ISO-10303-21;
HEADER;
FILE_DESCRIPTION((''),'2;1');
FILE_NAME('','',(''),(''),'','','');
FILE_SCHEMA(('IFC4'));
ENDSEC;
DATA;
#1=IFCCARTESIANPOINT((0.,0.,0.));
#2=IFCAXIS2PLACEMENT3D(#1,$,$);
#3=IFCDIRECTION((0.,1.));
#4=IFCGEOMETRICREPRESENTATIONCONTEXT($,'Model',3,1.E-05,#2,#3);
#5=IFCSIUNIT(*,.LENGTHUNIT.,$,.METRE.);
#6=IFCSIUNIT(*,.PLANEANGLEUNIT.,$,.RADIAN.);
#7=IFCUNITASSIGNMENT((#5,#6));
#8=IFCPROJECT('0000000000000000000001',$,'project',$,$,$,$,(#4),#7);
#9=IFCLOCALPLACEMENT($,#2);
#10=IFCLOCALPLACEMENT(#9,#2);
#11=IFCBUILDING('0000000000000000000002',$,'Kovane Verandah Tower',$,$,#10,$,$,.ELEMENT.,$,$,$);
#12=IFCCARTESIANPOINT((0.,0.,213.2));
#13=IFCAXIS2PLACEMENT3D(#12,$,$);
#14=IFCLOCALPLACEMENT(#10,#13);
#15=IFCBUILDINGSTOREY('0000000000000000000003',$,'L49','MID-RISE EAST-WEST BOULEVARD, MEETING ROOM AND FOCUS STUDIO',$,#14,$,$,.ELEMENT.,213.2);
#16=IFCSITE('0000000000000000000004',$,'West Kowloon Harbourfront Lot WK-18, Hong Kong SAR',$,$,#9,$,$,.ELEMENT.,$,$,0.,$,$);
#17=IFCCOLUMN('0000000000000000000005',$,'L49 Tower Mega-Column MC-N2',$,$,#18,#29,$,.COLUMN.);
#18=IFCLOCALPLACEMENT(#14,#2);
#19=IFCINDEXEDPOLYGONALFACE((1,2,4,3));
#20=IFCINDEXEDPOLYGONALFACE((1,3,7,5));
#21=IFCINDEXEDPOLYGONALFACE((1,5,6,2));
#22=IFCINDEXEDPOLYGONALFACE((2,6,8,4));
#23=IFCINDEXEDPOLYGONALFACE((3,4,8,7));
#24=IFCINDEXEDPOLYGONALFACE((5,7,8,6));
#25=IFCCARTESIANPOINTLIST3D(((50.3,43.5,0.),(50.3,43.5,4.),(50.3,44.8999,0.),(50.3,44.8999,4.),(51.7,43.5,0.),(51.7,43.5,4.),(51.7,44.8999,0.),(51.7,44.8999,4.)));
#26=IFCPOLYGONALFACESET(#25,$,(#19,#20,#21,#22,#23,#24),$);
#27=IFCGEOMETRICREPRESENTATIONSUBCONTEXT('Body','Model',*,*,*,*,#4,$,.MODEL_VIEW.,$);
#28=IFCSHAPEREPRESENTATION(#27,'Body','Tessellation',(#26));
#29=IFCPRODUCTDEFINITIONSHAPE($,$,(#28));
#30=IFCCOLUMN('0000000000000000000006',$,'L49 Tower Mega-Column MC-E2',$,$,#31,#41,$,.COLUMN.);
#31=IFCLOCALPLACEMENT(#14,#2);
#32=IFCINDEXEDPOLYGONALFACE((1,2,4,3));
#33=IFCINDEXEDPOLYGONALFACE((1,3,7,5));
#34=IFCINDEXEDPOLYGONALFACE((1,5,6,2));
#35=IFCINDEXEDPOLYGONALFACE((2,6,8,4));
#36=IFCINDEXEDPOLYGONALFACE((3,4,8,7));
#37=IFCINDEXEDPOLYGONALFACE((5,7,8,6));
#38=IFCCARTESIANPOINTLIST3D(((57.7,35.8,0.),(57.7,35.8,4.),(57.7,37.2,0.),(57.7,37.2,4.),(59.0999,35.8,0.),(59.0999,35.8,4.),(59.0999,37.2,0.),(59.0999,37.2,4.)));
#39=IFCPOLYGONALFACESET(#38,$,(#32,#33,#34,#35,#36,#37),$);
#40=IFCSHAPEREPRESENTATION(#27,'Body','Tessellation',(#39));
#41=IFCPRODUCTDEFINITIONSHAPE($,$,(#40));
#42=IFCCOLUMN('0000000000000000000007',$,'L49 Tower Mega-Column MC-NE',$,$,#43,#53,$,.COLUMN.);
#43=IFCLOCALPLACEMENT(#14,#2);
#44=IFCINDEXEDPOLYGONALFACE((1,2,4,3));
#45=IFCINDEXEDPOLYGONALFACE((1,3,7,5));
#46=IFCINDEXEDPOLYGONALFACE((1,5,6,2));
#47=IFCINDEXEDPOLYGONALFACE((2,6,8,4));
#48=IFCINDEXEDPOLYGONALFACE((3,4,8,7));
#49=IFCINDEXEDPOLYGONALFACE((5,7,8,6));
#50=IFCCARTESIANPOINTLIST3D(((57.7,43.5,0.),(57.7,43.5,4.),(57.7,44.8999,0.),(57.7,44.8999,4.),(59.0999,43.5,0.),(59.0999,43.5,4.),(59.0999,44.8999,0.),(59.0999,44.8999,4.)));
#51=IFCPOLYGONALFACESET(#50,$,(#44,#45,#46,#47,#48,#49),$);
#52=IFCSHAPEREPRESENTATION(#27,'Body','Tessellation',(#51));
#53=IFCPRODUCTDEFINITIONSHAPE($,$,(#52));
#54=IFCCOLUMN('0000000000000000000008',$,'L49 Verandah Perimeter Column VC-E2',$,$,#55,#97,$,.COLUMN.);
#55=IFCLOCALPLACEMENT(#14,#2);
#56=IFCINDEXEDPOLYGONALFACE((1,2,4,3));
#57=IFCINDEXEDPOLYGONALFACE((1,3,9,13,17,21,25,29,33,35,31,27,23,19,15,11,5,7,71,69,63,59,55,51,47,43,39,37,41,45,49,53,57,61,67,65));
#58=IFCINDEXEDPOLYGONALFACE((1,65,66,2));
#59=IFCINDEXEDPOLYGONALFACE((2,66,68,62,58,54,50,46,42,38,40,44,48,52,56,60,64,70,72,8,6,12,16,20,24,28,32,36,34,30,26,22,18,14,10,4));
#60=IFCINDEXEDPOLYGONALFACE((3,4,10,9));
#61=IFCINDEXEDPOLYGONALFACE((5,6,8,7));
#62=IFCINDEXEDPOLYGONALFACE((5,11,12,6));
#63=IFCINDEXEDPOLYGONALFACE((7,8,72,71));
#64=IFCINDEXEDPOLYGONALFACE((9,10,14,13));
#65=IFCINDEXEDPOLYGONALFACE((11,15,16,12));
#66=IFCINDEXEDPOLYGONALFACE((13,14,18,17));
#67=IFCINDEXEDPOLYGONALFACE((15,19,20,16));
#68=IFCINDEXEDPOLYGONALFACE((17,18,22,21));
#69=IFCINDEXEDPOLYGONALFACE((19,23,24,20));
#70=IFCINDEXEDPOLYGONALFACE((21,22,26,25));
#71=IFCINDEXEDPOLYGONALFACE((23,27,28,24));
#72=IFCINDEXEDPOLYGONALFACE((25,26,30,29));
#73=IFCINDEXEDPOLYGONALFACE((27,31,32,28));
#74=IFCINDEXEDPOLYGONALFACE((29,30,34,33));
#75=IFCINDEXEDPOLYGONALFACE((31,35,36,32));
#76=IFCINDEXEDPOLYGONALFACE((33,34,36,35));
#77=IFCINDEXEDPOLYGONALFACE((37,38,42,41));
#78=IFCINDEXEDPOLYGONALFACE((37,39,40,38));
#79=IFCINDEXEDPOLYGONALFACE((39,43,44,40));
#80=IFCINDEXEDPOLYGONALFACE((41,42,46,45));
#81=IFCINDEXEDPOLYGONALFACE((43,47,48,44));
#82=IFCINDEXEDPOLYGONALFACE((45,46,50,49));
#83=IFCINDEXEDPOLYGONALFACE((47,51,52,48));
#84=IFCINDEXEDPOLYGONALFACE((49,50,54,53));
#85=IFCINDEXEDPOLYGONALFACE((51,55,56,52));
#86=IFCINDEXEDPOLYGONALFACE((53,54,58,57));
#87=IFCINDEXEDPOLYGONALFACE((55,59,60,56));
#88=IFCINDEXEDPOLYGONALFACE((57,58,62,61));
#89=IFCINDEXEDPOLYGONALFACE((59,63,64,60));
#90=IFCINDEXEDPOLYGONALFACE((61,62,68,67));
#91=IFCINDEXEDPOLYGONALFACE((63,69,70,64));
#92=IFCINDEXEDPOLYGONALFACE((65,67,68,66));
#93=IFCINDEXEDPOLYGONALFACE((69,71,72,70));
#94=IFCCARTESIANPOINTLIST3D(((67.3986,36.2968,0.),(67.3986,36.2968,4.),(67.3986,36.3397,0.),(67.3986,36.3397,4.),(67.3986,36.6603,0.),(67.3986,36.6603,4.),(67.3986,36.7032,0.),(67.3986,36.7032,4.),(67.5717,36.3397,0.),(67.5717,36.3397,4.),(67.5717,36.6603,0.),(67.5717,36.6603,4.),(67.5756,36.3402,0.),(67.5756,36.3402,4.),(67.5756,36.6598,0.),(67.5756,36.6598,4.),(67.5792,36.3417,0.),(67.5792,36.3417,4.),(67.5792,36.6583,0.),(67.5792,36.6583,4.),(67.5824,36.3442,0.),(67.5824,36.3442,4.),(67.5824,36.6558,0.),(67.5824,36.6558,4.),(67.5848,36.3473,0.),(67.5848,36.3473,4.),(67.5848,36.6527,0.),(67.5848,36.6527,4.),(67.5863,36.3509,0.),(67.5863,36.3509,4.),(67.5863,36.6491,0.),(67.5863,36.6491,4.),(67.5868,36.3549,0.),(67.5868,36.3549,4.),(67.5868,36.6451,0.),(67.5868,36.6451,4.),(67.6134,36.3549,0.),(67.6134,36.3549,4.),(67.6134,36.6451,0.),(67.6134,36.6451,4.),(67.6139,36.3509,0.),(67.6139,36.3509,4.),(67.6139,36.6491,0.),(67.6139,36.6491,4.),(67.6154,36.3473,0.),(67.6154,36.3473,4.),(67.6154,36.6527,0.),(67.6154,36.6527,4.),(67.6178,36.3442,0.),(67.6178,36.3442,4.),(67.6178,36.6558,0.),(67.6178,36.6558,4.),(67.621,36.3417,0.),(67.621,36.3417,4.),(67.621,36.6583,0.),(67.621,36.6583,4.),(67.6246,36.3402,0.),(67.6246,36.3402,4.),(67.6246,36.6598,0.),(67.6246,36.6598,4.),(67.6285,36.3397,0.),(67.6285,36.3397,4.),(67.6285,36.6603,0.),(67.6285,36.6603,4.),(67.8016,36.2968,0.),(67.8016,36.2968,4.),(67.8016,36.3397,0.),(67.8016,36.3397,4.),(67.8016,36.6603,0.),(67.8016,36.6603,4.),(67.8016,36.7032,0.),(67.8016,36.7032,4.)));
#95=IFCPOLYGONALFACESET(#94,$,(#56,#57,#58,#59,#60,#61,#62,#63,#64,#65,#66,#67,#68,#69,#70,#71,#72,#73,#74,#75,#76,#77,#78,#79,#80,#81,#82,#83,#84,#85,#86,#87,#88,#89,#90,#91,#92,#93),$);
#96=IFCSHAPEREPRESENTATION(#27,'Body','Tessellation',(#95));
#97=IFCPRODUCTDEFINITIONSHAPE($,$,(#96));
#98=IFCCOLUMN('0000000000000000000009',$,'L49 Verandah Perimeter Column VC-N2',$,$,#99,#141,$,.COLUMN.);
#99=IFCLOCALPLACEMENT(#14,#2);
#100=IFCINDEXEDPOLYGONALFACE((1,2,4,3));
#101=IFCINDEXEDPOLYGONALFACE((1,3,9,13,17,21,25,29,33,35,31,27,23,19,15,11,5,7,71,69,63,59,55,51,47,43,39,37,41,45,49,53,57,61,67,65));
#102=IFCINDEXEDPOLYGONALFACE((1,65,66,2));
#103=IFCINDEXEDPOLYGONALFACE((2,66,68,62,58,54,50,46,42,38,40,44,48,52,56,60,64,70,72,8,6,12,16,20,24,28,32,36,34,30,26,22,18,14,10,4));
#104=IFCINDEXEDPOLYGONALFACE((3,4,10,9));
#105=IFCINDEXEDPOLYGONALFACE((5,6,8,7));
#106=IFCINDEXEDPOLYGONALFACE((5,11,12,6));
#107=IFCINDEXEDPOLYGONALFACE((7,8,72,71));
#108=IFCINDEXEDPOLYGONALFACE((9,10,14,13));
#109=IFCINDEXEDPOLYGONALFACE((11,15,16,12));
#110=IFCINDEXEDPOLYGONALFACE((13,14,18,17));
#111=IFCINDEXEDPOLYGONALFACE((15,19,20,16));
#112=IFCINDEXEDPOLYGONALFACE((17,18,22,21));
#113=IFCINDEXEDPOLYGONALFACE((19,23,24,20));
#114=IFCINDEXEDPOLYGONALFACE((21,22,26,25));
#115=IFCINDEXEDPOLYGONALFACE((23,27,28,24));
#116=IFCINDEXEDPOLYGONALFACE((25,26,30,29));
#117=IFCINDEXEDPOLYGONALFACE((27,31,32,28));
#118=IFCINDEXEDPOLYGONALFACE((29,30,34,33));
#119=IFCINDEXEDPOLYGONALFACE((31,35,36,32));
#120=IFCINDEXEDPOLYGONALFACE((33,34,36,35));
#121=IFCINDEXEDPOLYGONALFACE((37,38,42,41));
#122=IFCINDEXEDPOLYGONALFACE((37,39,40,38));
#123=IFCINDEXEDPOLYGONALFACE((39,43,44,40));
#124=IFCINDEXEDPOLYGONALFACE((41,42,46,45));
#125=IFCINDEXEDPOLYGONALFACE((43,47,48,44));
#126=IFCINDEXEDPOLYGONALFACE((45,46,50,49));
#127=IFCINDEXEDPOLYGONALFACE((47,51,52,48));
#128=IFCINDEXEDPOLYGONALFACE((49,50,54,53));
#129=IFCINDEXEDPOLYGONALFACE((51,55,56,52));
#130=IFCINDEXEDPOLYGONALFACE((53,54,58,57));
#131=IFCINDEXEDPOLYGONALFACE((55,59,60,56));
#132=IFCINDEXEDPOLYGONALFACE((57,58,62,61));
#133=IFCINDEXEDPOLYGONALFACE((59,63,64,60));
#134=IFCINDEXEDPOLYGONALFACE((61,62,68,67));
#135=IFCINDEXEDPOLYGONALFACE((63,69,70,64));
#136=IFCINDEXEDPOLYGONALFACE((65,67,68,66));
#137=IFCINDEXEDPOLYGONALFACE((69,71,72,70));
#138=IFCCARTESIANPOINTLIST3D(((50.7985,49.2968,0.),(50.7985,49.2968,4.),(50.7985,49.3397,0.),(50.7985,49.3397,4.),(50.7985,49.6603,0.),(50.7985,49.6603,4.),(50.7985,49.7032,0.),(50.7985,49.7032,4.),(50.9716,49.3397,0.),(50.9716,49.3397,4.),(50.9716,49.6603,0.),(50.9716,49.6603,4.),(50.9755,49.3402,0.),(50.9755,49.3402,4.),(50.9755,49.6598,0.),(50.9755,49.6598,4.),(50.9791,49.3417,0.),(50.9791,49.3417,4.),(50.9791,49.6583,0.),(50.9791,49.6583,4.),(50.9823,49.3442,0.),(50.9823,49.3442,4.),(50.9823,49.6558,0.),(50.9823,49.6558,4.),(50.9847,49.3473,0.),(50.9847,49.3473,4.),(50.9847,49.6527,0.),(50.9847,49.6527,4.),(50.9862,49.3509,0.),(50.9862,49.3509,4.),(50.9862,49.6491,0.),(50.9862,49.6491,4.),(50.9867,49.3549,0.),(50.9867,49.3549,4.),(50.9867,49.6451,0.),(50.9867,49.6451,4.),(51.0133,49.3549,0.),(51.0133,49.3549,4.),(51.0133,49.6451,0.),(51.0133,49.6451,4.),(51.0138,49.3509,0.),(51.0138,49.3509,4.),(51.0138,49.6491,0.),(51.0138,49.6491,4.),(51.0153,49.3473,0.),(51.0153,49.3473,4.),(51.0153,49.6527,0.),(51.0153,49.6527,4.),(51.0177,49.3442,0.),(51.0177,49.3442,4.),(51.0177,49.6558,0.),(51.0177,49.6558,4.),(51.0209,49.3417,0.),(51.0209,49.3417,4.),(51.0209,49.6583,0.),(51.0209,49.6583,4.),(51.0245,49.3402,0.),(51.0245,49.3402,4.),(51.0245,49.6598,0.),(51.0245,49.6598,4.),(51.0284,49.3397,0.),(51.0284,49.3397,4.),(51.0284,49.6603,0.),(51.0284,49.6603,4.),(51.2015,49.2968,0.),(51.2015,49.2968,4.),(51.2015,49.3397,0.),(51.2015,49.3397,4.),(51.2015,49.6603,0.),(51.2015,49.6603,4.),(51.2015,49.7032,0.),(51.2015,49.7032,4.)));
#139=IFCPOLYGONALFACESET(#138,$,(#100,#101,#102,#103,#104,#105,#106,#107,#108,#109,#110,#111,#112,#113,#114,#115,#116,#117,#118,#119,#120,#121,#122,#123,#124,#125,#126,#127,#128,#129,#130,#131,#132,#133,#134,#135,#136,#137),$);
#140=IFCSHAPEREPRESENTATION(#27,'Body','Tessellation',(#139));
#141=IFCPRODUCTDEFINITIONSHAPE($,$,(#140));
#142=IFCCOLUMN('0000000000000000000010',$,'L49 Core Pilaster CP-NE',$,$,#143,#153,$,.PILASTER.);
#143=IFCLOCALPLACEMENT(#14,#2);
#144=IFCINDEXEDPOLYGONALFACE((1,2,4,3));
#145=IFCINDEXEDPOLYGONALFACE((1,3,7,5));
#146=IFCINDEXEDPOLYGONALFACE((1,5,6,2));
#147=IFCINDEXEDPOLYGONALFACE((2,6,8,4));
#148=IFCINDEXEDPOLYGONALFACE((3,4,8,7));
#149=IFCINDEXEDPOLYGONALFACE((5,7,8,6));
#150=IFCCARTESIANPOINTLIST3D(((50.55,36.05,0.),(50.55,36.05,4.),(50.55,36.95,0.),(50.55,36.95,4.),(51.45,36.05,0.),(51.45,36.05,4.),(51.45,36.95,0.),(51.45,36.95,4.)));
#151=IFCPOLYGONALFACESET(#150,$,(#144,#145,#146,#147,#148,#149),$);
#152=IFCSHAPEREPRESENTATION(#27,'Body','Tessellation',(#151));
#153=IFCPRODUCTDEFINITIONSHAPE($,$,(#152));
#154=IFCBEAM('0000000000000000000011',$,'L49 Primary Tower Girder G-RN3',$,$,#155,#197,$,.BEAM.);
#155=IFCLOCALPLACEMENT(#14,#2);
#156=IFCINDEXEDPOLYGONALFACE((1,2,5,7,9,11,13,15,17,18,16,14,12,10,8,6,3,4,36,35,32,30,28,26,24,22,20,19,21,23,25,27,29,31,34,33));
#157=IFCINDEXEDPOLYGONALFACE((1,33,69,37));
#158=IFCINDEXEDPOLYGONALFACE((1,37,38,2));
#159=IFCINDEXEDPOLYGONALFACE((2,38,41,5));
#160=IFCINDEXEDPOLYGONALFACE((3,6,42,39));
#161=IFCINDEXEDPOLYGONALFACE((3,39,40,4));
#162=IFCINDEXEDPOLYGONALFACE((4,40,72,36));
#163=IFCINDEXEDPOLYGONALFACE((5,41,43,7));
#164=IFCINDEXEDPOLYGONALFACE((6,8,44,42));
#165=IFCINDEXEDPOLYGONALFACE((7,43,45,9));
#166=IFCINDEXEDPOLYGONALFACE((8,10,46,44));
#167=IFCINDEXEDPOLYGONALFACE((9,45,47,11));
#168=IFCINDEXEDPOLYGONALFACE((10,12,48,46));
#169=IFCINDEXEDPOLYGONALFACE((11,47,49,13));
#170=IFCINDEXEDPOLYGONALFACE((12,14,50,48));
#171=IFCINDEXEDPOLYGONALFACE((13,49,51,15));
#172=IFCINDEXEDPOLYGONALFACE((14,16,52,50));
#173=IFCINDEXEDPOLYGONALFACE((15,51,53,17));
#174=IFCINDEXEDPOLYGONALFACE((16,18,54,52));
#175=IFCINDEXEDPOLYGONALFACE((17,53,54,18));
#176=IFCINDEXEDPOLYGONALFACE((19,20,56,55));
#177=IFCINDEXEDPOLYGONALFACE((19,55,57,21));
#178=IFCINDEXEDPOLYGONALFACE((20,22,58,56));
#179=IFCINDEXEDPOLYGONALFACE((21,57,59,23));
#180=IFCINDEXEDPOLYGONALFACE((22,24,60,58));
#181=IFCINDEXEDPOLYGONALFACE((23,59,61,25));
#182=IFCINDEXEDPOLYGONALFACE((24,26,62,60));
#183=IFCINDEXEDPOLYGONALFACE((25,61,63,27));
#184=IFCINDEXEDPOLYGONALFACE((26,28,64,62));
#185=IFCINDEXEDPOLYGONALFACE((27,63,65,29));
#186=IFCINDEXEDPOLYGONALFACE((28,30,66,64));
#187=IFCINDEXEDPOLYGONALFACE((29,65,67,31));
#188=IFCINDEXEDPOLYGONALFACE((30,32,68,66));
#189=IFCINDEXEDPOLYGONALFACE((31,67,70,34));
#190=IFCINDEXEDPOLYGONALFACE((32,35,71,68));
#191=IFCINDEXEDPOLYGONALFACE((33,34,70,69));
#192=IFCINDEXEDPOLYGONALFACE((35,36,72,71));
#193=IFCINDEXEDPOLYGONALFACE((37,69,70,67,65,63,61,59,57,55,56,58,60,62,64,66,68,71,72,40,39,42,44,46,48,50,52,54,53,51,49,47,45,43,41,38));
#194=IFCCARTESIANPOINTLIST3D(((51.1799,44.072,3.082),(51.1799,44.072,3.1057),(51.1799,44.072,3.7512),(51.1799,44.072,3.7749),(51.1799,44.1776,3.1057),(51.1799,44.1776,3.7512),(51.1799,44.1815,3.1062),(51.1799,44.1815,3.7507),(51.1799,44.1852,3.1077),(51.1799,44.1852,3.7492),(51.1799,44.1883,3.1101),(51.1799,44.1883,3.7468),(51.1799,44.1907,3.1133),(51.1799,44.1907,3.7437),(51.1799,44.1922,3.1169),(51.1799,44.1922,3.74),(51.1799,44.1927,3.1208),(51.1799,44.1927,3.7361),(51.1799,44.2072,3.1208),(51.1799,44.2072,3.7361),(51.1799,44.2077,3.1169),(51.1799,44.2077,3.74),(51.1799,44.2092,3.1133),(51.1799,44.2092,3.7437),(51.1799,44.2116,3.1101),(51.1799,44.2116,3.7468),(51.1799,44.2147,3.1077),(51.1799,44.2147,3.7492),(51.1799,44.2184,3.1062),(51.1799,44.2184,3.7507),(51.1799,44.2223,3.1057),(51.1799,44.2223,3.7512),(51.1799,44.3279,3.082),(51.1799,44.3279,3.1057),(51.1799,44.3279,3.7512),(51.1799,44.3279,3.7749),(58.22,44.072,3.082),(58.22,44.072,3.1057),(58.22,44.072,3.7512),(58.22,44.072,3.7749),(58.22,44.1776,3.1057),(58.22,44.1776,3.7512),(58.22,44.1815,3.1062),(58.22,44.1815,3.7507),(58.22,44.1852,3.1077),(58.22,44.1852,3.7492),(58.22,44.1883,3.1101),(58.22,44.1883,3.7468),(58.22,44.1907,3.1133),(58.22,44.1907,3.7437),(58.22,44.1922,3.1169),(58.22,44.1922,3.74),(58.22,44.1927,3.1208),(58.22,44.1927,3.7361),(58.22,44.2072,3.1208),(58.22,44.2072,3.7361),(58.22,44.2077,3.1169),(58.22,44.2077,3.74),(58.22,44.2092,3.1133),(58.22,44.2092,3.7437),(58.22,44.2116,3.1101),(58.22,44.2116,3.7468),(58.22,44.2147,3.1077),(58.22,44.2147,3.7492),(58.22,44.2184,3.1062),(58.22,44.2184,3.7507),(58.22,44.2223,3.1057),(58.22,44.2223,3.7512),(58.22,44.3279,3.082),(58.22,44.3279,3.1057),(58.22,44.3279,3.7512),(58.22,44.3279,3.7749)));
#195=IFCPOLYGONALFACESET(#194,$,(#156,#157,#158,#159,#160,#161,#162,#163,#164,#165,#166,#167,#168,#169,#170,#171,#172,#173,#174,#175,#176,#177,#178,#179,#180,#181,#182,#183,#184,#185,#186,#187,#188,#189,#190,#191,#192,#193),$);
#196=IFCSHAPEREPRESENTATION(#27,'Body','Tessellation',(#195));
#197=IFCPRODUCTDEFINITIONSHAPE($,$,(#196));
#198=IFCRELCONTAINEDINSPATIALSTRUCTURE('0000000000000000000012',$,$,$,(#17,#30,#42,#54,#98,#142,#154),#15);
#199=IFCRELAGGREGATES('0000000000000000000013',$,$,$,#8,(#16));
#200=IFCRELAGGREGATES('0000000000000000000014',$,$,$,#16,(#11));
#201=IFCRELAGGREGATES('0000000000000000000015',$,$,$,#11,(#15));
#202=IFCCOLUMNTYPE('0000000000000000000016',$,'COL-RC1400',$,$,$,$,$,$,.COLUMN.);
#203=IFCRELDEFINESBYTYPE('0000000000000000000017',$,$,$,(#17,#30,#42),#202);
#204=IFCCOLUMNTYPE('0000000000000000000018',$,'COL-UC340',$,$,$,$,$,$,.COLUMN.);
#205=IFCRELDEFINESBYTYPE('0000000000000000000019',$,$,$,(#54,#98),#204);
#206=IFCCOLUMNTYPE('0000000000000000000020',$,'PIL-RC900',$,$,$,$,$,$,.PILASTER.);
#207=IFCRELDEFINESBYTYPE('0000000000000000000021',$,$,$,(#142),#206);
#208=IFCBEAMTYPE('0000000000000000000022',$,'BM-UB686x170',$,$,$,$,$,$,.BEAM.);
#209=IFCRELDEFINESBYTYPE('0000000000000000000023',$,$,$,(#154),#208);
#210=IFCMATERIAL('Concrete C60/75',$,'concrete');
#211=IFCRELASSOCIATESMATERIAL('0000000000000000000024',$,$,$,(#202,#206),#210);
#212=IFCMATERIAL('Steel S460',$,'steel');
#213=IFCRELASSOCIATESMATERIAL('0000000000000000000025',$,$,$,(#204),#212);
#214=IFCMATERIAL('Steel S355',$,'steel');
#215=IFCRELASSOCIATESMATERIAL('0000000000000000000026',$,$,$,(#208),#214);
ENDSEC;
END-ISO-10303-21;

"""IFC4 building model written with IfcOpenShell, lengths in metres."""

from ifc_helpers import new_model, si_unit, direction, frame, origin, origin_2d, place, context, subcontext, project, spatial, rectangle, i_section, extrude, material, material_profile, profile_set, type_object, element, save


model = new_model("IFC4")

# Units and contexts
model_context = context("Model", 3, precision=1e-05, world=origin(), true_north=direction((0.0, 1.0)))
body_context = subcontext(model_context, "Body", "Model", "MODEL_VIEW")
ifc_project = project(units=[si_unit("LENGTHUNIT", "METRE"), si_unit("PLANEANGLEUNIT", "RADIAN")], contexts=[model_context])

# Site, building, storey
site_placement = place(None, origin())
site = spatial("IfcSite", under=ifc_project, at=site_placement, Name="West Kowloon Harbourfront Lot WK-18, Hong Kong SAR", CompositionType="ELEMENT", RefElevation=0.0)
building_placement = place(site_placement, origin())
building = spatial("IfcBuilding", under=site, at=building_placement, Name="Kovane Verandah Tower", CompositionType="ELEMENT")
storey_placement = place(building_placement, frame((0.0, 0.0, 213.2)))
storey = spatial("IfcBuildingStorey", under=building, at=storey_placement, Name="L49", Description="MID-RISE EAST-WEST BOULEVARD, MEETING ROOM AND FOCUS STUDIO", CompositionType="ELEMENT", Elevation=213.2)

# Columns
ifc_material_1 = material(Name="Concrete C60/75", Category="concrete")
ifc_material_profile_1 = material_profile(ifc_material_1, rectangle(XDim=1.3999, YDim=1.3999, at=origin_2d()), Name="RC1400x1400")
ifc_profile_set_1 = profile_set([ifc_material_profile_1], Name="Concrete C60/75")
column_type_1 = type_object("IfcColumnType", Name="COL-RC1400", PredefinedType="COLUMN", material=ifc_profile_set_1)
for number, where, z_axis, x_axis, name in (
    (1, (51.0, 44.2, 0.0), (0.0, 0.0, 1.0), (1.0, 0.0, 0.0), "L49 Tower Mega-Column MC-N2"),
    (2, (58.3999, 36.5, 0.0), (0.0, 0.0, 1.0), (1.0, 0.0, 0.0), "L49 Tower Mega-Column MC-E2"),
    (3, (58.3999, 44.2, 0.0), (0.0, 0.0, 1.0), (1.0, 0.0, 0.0), "L49 Tower Mega-Column MC-NE"),
):
    element("IfcColumn", number, at=place(storey_placement, frame(where, z_axis=z_axis, x_axis=x_axis)), inside=storey, type_object=column_type_1, Name=name, PredefinedType="COLUMN", context=body_context, shape_type="SweptSolid", body=[
        extrude(rectangle(XDim=1.3999, YDim=1.3999, at=origin_2d()), origin(), (0.0, 0.0, 1.0), 4.0),
    ])
ifc_material_2 = material(Name="Steel S460", Category="steel")
ifc_material_profile_2 = material_profile(ifc_material_2, i_section(OverallWidth=0.4031, OverallDepth=0.4065, WebThickness=0.0266, FlangeThickness=0.043, FilletRadius=0.0151, at=origin_2d()), Name="UC356x406x340")
ifc_profile_set_2 = profile_set([ifc_material_profile_2], Name="Steel S460")
column_type_2 = type_object("IfcColumnType", Name="COL-UC340", PredefinedType="COLUMN", material=ifc_profile_set_2)
for number, where, z_axis, x_axis, name in (
    (4, (67.6001, 36.5, 0.0), (0.0, 0.0, 1.0), (1.0, 0.0, 0.0), "L49 Verandah Perimeter Column VC-E2"),
    (5, (51.0, 49.5, 0.0), (0.0, 0.0, 1.0), (1.0, 0.0, 0.0), "L49 Verandah Perimeter Column VC-N2"),
):
    element("IfcColumn", number, at=place(storey_placement, frame(where, z_axis=z_axis, x_axis=x_axis)), inside=storey, type_object=column_type_2, Name=name, PredefinedType="COLUMN", context=body_context, shape_type="SweptSolid", body=[
        extrude(i_section(OverallWidth=0.4031, OverallDepth=0.4065, WebThickness=0.0266, FlangeThickness=0.043, FilletRadius=0.0151, at=origin_2d()), origin(), (0.0, 0.0, 1.0), 4.0),
    ])
ifc_material_profile_3 = material_profile(ifc_material_1, rectangle(XDim=0.8999, YDim=0.8999, at=origin_2d()), Name="RC900x900")
ifc_profile_set_3 = profile_set([ifc_material_profile_3], Name="Concrete C60/75")
column_type_3 = type_object("IfcColumnType", Name="PIL-RC900", PredefinedType="PILASTER", material=ifc_profile_set_3)
column_placement = place(storey_placement, frame((51.0, 36.5, 0.0), z_axis=(0.0, 0.0, 1.0), x_axis=(1.0, 0.0, 0.0)))
element("IfcColumn", 6, at=column_placement, inside=storey, type_object=column_type_3, Name="L49 Core Pilaster CP-NE", PredefinedType="PILASTER", context=body_context, shape_type="SweptSolid", body=[
    extrude(rectangle(XDim=0.8999, YDim=0.8999, at=origin_2d()), origin(), (0.0, 0.0, 1.0), 4.0),
])

# Beam
ifc_material_3 = material(Name="Steel S355", Category="steel")
ifc_material_profile_4 = material_profile(ifc_material_3, i_section(OverallWidth=0.2559, OverallDepth=0.6929, WebThickness=0.0144, FlangeThickness=0.0237, FilletRadius=0.0151, at=origin_2d()), Name="UB686x254x170")
ifc_profile_set_4 = profile_set([ifc_material_profile_4], Name="Steel S355")
beam_type_1 = type_object("IfcBeamType", Name="BM-UB686x170", PredefinedType="BEAM", material=ifc_profile_set_4)
beam_1_placement = place(storey_placement, frame((51.1799, 44.2, 3.4285), z_axis=(1.0, 0.0, 0.0), x_axis=(0.0, 1.0, 0.0)))
element("IfcBeam", 7, at=beam_1_placement, inside=storey, type_object=beam_type_1, Name="L49 Primary Tower Girder G-RN3", PredefinedType="BEAM", context=body_context, shape_type="SweptSolid", body=[
    extrude(i_section(OverallWidth=0.2559, OverallDepth=0.6929, WebThickness=0.0144, FlangeThickness=0.0237, FilletRadius=0.0151, at=origin_2d()), origin(), (0.0, 0.0, 1.0), 7.04),
])

save(model, "model.ifc")
